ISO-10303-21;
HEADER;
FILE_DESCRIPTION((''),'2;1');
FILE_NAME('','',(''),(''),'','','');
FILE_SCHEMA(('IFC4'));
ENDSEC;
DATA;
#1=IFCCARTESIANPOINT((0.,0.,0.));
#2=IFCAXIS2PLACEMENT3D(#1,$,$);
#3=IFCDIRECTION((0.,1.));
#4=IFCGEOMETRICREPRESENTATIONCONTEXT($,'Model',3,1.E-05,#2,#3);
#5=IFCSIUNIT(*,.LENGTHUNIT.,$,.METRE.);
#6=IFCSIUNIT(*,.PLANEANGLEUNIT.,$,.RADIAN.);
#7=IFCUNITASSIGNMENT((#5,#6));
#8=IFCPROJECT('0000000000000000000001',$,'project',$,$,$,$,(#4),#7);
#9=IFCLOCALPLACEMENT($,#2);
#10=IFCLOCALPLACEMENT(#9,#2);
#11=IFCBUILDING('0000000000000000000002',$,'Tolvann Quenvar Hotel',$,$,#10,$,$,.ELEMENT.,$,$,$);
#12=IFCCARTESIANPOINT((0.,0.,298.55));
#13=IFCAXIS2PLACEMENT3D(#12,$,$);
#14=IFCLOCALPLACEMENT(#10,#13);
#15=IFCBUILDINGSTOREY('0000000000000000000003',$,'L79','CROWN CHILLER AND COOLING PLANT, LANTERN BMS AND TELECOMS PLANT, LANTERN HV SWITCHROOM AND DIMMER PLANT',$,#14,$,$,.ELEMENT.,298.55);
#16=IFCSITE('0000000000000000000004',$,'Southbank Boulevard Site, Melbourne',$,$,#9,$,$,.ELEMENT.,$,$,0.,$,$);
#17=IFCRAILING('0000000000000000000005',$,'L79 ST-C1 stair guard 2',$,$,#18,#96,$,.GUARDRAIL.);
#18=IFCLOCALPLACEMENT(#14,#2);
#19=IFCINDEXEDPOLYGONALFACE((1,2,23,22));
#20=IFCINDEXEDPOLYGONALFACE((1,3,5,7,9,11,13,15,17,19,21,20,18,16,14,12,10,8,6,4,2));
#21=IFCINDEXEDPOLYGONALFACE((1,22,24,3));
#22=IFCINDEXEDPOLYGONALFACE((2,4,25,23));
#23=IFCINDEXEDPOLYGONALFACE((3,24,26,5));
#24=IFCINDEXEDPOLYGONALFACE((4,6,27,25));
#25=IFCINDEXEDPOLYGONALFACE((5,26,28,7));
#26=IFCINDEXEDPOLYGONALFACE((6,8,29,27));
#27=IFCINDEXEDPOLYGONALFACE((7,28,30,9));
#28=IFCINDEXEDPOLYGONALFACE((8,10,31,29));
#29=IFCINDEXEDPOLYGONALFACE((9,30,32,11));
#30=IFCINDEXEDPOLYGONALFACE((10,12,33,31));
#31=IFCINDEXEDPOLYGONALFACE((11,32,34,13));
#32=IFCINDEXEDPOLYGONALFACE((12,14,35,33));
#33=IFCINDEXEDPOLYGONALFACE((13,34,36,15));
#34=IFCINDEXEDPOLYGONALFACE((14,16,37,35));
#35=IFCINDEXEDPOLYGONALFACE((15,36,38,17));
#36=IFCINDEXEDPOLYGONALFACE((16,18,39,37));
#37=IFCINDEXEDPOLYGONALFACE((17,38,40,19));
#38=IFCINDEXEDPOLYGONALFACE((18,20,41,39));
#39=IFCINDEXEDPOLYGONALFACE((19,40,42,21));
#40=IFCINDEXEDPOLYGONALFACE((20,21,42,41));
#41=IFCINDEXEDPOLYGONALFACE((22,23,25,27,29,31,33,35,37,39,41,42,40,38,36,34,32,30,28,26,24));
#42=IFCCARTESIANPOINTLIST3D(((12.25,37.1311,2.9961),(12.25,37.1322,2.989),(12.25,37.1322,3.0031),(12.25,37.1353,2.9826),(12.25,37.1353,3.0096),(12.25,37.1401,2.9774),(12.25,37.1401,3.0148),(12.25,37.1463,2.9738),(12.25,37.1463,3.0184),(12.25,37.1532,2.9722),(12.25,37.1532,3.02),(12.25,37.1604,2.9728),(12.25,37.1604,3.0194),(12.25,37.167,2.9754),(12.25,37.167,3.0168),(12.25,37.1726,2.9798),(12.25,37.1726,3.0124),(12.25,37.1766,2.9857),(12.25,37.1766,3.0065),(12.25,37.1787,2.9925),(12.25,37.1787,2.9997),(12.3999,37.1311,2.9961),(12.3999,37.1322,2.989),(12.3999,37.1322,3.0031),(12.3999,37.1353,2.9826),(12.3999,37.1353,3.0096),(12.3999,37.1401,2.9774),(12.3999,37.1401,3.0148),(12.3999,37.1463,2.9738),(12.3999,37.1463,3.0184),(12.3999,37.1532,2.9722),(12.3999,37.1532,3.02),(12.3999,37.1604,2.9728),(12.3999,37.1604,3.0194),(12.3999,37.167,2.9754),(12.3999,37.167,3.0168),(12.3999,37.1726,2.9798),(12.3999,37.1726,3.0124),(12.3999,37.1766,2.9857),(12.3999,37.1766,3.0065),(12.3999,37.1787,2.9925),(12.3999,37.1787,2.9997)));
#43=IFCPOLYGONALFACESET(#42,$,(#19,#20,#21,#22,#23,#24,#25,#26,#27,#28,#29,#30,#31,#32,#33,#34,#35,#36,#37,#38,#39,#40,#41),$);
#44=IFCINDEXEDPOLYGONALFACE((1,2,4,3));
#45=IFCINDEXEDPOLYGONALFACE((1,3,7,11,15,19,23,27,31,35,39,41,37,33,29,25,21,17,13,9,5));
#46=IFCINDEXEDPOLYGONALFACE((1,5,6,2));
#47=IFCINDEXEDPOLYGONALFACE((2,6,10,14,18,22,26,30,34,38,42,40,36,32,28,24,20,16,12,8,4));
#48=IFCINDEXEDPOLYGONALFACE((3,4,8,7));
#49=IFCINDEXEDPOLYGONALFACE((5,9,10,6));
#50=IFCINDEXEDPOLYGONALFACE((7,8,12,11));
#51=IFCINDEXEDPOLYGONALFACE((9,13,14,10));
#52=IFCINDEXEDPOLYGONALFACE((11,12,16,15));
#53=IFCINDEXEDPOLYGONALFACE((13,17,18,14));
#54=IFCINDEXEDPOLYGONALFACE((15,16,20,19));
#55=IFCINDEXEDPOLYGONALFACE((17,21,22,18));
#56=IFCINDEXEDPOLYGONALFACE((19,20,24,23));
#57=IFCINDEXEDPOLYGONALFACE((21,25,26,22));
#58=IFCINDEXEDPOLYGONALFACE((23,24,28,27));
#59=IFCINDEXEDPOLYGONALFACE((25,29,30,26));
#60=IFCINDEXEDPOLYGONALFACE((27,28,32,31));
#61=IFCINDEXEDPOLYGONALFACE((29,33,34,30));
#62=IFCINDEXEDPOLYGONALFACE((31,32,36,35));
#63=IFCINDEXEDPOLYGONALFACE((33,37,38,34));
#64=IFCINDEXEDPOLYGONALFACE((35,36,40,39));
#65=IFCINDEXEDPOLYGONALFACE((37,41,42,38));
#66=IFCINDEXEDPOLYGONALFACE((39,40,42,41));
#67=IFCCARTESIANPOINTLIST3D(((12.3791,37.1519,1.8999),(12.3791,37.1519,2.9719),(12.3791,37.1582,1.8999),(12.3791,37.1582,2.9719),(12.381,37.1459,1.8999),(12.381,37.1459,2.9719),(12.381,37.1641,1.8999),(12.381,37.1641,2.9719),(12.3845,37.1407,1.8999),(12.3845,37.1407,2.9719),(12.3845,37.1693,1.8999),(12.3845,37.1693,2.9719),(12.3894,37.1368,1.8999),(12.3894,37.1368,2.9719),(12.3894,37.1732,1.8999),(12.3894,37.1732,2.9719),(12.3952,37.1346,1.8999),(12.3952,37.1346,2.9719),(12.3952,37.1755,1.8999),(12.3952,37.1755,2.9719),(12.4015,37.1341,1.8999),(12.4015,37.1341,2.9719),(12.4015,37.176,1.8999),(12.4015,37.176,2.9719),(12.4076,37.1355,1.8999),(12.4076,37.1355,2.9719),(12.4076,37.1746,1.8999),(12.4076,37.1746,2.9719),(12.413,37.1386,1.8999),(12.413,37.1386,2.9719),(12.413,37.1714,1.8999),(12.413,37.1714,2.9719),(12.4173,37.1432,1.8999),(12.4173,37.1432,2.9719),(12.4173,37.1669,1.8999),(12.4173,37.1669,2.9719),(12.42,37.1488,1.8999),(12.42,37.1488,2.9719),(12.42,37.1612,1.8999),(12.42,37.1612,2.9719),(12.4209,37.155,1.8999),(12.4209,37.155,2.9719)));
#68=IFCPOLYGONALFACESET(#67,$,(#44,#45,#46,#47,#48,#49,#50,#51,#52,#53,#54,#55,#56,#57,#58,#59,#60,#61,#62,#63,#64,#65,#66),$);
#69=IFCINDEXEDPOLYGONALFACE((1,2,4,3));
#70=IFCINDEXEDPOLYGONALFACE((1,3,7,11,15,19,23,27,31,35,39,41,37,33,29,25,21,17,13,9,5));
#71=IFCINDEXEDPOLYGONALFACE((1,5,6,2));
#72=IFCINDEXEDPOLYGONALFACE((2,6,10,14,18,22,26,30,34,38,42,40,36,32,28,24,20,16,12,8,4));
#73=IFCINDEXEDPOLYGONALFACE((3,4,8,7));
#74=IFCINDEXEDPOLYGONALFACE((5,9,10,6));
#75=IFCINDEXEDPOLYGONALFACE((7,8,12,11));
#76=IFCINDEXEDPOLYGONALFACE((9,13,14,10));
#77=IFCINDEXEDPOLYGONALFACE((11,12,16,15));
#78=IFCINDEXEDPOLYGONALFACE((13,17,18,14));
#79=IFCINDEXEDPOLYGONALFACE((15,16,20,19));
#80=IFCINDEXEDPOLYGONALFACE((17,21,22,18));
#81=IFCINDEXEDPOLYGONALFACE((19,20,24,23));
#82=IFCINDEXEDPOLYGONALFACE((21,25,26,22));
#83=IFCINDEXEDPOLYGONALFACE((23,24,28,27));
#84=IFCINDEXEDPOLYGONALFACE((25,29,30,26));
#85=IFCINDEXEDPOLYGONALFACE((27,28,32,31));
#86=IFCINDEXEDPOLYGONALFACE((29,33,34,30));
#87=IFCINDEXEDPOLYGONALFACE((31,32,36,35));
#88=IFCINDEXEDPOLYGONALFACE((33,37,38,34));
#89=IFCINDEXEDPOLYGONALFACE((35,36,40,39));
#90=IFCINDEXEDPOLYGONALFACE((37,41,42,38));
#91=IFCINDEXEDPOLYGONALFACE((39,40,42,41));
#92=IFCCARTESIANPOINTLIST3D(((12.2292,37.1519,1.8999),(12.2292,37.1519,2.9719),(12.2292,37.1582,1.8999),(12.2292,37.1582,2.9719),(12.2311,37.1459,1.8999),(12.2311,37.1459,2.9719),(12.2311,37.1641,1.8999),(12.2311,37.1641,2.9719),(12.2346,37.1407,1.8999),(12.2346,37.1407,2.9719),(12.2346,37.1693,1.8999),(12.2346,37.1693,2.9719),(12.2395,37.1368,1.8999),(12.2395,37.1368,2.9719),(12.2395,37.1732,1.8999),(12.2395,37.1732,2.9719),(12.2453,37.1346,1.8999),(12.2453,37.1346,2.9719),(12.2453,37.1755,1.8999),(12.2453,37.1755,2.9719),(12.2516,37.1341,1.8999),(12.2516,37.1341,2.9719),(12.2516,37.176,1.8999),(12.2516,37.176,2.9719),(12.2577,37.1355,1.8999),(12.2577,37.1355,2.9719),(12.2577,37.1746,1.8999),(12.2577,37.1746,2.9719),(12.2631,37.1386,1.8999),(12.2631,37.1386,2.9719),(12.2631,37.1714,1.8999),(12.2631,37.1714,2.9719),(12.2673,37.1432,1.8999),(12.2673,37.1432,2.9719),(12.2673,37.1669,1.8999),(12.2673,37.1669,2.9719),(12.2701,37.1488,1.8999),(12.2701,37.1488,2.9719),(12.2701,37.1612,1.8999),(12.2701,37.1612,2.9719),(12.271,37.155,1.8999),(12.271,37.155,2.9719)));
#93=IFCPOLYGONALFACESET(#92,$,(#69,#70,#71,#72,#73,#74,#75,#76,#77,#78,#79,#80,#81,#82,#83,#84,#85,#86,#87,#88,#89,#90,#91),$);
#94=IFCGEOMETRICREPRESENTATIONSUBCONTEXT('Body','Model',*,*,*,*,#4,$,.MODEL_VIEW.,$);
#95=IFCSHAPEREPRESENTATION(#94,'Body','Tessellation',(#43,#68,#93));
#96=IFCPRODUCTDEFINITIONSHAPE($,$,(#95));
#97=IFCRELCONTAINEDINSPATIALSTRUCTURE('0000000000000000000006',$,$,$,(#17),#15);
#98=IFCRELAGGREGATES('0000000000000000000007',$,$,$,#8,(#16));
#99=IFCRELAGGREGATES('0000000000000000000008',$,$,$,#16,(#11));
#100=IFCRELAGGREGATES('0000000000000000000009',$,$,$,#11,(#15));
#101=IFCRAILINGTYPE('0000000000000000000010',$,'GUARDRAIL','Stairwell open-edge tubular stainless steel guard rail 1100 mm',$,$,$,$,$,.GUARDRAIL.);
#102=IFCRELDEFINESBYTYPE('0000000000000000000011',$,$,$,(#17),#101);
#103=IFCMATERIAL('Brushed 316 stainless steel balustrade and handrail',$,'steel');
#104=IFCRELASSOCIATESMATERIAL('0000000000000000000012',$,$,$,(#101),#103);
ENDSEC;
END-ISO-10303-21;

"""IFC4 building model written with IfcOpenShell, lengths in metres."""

from ifc_helpers import new_model, si_unit, direction, frame, origin, origin_2d, place, context, subcontext, project, spatial, circle, extrude, material, type_object, element, save


model = new_model("IFC4")

# Units and contexts
model_context = context("Model", 3, precision=1e-05, world=origin(), true_north=direction((0.0, 1.0)))
body_context = subcontext(model_context, "Body", "Model", "MODEL_VIEW")
ifc_project = project(units=[si_unit("LENGTHUNIT", "METRE"), si_unit("PLANEANGLEUNIT", "RADIAN")], contexts=[model_context])

# Site, building, storey
site_placement = place(None, origin())
site = spatial("IfcSite", under=ifc_project, at=site_placement, Name="Southbank Boulevard Site, Melbourne", CompositionType="ELEMENT", RefElevation=0.0)
building_placement = place(site_placement, origin())
building = spatial("IfcBuilding", under=site, at=building_placement, Name="Tolvann Quenvar Hotel", CompositionType="ELEMENT")
storey_placement = place(building_placement, frame((0.0, 0.0, 298.55)))
storey = spatial("IfcBuildingStorey", under=building, at=storey_placement, Name="L79", Description="CROWN CHILLER AND COOLING PLANT, LANTERN BMS AND TELECOMS PLANT, LANTERN HV SWITCHROOM AND DIMMER PLANT", CompositionType="ELEMENT", Elevation=298.55)

# Railing
ifc_material_1 = material(Name="Brushed 316 stainless steel balustrade and handrail", Category="steel")
railing_type_1 = type_object("IfcRailingType", Name="GUARDRAIL", Description="Stairwell open-edge tubular stainless steel guard rail 1100 mm", PredefinedType="GUARDRAIL", material=ifc_material_1)
railing_1_placement = place(storey_placement, frame((12.3999, 37.155, 1.8999)))
element("IfcRailing", 1, at=railing_1_placement, inside=storey, type_object=railing_type_1, Name="L79 ST-C1 stair guard 2", PredefinedType="GUARDRAIL", context=body_context, shape_type="SweptSolid", body=[
    extrude(circle(Radius=0.0239, at=origin_2d()), frame((0.0, 0.0, 1.0962), z_axis=(-1.0, 0.0, 0.0), x_axis=(0.0, -1.0, 0.0)), (0.0, 0.0, 1.0), 0.1499),
    extrude(circle(Radius=0.021, at=origin_2d()), origin(), (0.0, 0.0, 1.0), 1.072),
    extrude(circle(Radius=0.021, at=origin_2d()), frame((-0.1499, 0.0, 0.0)), (0.0, 0.0, 1.0), 1.072),
])

save(model, "model.ifc")
